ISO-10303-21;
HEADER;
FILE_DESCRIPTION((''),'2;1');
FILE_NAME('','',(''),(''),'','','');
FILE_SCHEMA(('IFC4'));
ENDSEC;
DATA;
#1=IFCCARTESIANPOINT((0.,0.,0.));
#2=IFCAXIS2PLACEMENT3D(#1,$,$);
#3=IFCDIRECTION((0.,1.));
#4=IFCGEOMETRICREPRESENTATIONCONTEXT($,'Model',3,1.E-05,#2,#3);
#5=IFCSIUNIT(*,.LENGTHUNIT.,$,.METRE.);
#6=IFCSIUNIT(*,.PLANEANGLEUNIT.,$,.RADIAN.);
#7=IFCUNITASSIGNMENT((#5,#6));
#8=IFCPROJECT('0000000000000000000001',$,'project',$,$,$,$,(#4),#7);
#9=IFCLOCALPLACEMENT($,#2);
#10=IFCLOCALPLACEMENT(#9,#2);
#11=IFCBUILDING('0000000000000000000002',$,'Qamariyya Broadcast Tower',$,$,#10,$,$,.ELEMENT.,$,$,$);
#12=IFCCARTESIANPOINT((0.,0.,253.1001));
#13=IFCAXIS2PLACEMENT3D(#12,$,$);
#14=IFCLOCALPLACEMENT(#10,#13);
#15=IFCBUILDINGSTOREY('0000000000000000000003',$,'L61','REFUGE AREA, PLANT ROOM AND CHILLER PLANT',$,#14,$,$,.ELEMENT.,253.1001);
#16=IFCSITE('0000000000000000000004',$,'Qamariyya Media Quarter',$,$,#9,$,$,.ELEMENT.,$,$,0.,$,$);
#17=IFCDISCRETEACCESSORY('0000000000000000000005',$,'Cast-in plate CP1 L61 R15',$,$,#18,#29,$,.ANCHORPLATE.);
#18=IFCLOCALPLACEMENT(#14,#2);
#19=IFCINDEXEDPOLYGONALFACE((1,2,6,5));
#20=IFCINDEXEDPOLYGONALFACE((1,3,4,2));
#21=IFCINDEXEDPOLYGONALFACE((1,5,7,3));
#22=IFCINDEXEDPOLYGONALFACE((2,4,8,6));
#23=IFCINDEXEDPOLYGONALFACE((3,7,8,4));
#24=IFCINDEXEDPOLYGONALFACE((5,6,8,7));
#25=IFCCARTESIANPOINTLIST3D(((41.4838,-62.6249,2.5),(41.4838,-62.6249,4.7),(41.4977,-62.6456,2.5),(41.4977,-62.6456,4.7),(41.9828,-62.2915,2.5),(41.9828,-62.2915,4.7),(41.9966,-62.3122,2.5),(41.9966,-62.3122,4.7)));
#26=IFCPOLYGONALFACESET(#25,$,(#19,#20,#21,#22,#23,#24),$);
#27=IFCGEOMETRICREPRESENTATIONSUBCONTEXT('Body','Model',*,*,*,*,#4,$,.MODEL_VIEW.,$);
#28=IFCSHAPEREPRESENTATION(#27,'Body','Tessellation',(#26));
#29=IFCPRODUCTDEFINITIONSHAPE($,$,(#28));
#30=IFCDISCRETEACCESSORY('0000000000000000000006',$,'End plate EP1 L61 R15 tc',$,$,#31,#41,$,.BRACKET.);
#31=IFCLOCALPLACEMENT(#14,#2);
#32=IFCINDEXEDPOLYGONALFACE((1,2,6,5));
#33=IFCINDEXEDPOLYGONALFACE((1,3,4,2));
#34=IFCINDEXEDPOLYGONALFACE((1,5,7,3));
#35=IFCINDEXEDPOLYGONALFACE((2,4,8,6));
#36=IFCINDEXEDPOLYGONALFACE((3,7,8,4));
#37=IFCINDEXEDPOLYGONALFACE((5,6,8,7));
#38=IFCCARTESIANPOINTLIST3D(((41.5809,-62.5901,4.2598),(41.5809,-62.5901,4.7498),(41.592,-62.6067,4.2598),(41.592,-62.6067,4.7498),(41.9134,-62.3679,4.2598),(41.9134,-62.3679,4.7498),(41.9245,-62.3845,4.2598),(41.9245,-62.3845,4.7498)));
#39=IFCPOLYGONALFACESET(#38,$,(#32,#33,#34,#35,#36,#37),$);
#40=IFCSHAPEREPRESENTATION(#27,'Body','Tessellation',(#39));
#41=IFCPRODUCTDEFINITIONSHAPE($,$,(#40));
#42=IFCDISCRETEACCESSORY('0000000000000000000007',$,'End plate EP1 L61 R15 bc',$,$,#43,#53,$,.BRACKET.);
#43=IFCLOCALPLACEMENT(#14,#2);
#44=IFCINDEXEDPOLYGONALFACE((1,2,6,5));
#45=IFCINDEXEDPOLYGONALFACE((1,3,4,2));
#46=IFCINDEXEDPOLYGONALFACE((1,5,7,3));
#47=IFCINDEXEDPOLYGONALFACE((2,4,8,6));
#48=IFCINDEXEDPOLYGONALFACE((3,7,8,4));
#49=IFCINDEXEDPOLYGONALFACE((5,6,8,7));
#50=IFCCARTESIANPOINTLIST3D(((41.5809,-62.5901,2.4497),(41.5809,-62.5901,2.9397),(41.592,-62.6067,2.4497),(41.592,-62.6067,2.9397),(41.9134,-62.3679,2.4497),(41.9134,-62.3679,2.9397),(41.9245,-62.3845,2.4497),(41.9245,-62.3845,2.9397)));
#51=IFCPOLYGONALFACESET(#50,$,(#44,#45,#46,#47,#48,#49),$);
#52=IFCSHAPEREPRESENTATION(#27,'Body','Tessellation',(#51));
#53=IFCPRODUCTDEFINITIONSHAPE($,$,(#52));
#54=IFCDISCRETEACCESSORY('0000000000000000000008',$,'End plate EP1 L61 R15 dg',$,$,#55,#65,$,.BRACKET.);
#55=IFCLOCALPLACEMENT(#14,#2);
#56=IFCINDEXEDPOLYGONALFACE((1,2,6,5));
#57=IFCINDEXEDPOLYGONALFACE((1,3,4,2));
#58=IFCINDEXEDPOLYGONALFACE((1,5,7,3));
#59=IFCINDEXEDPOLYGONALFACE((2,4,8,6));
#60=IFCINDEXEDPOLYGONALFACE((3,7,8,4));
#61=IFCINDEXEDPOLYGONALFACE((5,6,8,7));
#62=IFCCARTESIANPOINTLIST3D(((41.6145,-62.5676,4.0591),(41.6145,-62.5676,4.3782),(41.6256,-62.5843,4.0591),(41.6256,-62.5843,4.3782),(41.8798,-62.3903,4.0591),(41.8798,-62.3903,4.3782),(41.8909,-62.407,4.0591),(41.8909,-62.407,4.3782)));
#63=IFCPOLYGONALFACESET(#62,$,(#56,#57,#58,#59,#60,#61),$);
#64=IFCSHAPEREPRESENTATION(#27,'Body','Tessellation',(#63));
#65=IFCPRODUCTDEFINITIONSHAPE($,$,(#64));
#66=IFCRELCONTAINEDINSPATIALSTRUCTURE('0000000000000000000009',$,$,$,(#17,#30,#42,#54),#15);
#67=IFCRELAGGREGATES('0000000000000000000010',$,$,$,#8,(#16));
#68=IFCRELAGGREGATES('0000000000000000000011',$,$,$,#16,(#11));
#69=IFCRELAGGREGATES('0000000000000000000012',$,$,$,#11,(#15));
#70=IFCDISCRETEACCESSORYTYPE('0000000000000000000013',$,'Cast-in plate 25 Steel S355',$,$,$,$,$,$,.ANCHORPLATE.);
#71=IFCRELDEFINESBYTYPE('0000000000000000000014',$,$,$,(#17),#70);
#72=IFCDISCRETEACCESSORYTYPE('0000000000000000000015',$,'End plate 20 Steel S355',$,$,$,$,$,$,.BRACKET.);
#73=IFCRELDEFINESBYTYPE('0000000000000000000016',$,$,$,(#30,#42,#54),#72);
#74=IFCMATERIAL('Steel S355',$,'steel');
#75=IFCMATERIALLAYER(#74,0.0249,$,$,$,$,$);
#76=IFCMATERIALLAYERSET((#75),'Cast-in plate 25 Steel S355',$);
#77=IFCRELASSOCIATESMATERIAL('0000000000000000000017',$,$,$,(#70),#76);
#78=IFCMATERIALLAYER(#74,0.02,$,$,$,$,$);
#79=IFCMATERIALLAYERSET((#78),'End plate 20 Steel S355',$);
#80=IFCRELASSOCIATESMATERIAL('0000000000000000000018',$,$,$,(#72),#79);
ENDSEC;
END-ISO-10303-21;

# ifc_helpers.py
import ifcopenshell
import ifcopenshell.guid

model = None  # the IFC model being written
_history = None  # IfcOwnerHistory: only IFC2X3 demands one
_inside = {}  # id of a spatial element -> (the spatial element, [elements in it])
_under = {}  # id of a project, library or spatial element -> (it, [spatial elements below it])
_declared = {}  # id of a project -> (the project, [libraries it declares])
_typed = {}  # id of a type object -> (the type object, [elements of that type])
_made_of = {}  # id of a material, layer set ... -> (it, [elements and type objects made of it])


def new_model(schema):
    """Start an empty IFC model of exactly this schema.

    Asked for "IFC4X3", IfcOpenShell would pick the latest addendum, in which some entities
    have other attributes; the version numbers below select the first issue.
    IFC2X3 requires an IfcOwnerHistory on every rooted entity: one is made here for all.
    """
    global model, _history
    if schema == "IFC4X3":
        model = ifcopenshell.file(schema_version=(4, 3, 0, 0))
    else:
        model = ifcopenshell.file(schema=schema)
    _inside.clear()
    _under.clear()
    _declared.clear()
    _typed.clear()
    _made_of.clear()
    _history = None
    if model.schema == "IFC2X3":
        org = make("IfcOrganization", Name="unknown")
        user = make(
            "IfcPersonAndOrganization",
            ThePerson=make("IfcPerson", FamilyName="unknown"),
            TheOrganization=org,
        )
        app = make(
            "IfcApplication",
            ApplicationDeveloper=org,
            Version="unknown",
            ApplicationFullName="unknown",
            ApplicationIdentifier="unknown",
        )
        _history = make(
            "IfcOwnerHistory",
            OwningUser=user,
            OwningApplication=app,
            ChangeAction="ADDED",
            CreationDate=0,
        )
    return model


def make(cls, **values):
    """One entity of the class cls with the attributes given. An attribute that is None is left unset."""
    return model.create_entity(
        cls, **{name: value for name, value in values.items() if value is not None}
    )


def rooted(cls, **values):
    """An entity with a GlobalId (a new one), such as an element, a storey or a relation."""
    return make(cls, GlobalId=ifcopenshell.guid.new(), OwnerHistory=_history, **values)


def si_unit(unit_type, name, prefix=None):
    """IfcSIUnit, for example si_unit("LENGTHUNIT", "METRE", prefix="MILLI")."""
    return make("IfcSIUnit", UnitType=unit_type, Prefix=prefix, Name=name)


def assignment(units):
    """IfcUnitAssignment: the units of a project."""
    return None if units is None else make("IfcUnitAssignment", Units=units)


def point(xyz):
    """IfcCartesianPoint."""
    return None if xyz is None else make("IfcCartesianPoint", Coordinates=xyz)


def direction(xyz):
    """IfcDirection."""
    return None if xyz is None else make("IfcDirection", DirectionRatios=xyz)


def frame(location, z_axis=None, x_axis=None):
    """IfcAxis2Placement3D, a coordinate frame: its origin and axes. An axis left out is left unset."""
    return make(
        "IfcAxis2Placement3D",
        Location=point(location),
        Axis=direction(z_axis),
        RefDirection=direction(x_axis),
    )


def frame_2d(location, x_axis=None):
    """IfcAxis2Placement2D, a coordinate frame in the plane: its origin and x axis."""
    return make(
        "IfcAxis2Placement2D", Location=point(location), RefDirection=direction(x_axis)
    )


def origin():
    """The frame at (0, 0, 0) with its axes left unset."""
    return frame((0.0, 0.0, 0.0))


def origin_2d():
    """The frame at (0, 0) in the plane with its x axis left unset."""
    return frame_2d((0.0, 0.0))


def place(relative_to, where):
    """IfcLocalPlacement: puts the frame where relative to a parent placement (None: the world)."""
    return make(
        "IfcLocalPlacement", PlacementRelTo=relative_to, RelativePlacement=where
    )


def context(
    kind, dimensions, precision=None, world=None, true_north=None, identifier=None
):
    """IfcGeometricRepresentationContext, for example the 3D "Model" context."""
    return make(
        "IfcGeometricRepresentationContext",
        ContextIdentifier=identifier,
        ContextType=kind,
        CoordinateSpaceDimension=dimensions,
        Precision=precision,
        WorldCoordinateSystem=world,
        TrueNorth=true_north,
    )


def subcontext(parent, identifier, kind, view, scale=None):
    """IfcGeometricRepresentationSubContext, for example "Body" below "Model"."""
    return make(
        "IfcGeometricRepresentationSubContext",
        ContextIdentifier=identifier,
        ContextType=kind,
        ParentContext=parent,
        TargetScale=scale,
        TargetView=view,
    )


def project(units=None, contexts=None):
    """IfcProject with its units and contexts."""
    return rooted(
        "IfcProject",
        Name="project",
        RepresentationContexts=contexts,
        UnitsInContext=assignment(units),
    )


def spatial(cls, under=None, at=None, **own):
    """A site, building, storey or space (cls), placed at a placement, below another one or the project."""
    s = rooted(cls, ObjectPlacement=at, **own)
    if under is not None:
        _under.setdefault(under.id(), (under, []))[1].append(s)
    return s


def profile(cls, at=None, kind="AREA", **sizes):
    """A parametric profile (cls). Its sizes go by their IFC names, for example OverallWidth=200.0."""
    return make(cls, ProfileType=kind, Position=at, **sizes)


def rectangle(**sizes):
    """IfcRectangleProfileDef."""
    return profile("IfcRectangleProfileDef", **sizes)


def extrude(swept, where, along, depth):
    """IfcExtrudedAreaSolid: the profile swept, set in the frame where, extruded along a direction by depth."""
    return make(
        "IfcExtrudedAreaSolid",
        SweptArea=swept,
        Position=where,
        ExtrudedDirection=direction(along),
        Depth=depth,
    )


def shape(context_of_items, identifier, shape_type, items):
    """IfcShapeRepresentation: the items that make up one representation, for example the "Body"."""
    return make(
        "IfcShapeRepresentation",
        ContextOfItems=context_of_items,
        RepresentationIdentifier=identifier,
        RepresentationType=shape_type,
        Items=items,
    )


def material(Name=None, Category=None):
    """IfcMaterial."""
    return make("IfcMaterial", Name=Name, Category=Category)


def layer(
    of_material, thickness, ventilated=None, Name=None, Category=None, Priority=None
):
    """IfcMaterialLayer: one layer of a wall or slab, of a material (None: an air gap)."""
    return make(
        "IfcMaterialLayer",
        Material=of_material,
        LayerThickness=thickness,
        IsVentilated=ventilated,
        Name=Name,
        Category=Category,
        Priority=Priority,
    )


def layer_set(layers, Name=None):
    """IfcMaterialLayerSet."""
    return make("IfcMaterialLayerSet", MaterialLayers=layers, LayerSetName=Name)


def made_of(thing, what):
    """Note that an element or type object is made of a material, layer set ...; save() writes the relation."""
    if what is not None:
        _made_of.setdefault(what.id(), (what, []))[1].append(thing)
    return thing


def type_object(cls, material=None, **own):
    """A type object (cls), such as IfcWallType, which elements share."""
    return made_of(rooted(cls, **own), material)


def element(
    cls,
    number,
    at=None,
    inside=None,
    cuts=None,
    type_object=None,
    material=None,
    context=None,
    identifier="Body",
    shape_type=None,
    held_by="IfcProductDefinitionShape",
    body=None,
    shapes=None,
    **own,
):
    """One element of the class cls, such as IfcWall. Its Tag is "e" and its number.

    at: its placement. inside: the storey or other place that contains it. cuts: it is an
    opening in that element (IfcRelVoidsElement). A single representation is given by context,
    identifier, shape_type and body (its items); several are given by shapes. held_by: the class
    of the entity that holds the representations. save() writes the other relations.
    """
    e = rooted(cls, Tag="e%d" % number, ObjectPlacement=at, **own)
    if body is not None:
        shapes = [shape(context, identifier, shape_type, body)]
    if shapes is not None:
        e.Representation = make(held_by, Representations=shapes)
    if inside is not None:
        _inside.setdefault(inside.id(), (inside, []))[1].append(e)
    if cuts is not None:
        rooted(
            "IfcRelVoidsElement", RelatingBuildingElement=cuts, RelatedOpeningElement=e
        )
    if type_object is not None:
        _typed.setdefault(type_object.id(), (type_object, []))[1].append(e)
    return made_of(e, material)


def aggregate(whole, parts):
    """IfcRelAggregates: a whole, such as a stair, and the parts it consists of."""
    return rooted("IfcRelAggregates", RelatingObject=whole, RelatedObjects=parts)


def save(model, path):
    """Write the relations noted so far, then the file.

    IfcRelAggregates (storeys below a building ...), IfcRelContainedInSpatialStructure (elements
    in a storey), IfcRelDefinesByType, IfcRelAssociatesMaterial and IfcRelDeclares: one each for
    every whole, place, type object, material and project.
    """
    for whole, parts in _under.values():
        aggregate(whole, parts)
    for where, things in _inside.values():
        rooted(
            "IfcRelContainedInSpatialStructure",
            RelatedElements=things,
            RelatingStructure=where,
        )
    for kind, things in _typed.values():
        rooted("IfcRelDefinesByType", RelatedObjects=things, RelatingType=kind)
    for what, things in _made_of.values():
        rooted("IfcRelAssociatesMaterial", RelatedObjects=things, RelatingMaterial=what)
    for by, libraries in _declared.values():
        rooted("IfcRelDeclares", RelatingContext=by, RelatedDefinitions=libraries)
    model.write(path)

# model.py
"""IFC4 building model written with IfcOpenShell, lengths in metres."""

from ifc_helpers import new_model, si_unit, direction, frame, origin, origin_2d, place, context, subcontext, project, spatial, rectangle, extrude, material, layer, layer_set, type_object, element, save


model = new_model("IFC4")

# Units and contexts
model_context = context("Model", 3, precision=1e-05, world=origin(), true_north=direction((0.0, 1.0)))
body_context = subcontext(model_context, "Body", "Model", "MODEL_VIEW")
ifc_project = project(units=[si_unit("LENGTHUNIT", "METRE"), si_unit("PLANEANGLEUNIT", "RADIAN")], contexts=[model_context])

# Site, building, storey
site_placement = place(None, origin())
site = spatial("IfcSite", under=ifc_project, at=site_placement, Name="Qamariyya Media Quarter", CompositionType="ELEMENT", RefElevation=0.0)
building_placement = place(site_placement, origin())
building = spatial("IfcBuilding", under=site, at=building_placement, Name="Qamariyya Broadcast Tower", CompositionType="ELEMENT")
storey_placement = place(building_placement, frame((0.0, 0.0, 253.1001)))
storey = spatial("IfcBuildingStorey", under=building, at=storey_placement, Name="L61", Description="REFUGE AREA, PLANT ROOM AND CHILLER PLANT", CompositionType="ELEMENT", Elevation=253.1001)

# Shared definitions
ifc_material_1 = material(Name="Steel S355", Category="steel")

# Discrete accessories
ifc_layer_1 = layer(ifc_material_1, 0.0249)
ifc_layer_set_1 = layer_set([ifc_layer_1], Name="Cast-in plate 25 Steel S355")
discrete_accessory_type_1 = type_object("IfcDiscreteAccessoryType", Name="Cast-in plate 25 Steel S355", PredefinedType="ANCHORPLATE", material=ifc_layer_set_1)
discrete_accessory_1_placement = place(storey_placement, frame((41.7402, -62.4685, 2.5), z_axis=(0.0, 0.0, 1.0), x_axis=(-0.83147, -0.55557, 0.0)))
element("IfcDiscreteAccessory", 1, at=discrete_accessory_1_placement, inside=storey, type_object=discrete_accessory_type_1, Name="Cast-in plate CP1 L61 R15", PredefinedType="ANCHORPLATE", context=body_context, shape_type="SweptSolid", body=[
    extrude(rectangle(XDim=0.6001, YDim=0.0249, at=origin_2d()), origin(), (0.0, 0.0, 1.0), 2.2),
])
ifc_layer_2 = layer(ifc_material_1, 0.02)
ifc_layer_set_2 = layer_set([ifc_layer_2], Name="End plate 20 Steel S355")
discrete_accessory_type_2 = type_object("IfcDiscreteAccessoryType", Name="End plate 20 Steel S355", PredefinedType="BRACKET", material=ifc_layer_set_2)
for number, where, z_axis, x_axis, name in (
    (2, (41.7527, -62.4873, 4.2598), (0.0, 0.0, 1.0), (-0.83147, -0.55557, 0.0), "End plate EP1 L61 R15 tc"),
    (3, (41.7527, -62.4873, 2.4497), (0.0, 0.0, 1.0), (-0.83147, -0.55557, 0.0), "End plate EP1 L61 R15 bc"),
):
    element("IfcDiscreteAccessory", number, at=place(storey_placement, frame(where, z_axis=z_axis, x_axis=x_axis)), inside=storey, type_object=discrete_accessory_type_2, Name=name, PredefinedType="BRACKET", context=body_context, shape_type="SweptSolid", body=[
        extrude(rectangle(XDim=0.3999, YDim=0.02, at=origin_2d()), origin(), (0.0, 0.0, 1.0), 0.49),
    ])
discrete_accessory_2_placement = place(storey_placement, frame((41.7527, -62.4873, 4.0591), z_axis=(0.0, 0.0, 1.0), x_axis=(-0.83147, -0.55557, 0.0)))
element("IfcDiscreteAccessory", 4, at=discrete_accessory_2_placement, inside=storey, type_object=discrete_accessory_type_2, Name="End plate EP1 L61 R15 dg", PredefinedType="BRACKET", context=body_context, shape_type="SweptSolid", body=[
    extrude(rectangle(XDim=0.3191, YDim=0.02, at=origin_2d()), origin(), (0.0, 0.0, 1.0), 0.3191),
])

save(model, "model.ifc")
